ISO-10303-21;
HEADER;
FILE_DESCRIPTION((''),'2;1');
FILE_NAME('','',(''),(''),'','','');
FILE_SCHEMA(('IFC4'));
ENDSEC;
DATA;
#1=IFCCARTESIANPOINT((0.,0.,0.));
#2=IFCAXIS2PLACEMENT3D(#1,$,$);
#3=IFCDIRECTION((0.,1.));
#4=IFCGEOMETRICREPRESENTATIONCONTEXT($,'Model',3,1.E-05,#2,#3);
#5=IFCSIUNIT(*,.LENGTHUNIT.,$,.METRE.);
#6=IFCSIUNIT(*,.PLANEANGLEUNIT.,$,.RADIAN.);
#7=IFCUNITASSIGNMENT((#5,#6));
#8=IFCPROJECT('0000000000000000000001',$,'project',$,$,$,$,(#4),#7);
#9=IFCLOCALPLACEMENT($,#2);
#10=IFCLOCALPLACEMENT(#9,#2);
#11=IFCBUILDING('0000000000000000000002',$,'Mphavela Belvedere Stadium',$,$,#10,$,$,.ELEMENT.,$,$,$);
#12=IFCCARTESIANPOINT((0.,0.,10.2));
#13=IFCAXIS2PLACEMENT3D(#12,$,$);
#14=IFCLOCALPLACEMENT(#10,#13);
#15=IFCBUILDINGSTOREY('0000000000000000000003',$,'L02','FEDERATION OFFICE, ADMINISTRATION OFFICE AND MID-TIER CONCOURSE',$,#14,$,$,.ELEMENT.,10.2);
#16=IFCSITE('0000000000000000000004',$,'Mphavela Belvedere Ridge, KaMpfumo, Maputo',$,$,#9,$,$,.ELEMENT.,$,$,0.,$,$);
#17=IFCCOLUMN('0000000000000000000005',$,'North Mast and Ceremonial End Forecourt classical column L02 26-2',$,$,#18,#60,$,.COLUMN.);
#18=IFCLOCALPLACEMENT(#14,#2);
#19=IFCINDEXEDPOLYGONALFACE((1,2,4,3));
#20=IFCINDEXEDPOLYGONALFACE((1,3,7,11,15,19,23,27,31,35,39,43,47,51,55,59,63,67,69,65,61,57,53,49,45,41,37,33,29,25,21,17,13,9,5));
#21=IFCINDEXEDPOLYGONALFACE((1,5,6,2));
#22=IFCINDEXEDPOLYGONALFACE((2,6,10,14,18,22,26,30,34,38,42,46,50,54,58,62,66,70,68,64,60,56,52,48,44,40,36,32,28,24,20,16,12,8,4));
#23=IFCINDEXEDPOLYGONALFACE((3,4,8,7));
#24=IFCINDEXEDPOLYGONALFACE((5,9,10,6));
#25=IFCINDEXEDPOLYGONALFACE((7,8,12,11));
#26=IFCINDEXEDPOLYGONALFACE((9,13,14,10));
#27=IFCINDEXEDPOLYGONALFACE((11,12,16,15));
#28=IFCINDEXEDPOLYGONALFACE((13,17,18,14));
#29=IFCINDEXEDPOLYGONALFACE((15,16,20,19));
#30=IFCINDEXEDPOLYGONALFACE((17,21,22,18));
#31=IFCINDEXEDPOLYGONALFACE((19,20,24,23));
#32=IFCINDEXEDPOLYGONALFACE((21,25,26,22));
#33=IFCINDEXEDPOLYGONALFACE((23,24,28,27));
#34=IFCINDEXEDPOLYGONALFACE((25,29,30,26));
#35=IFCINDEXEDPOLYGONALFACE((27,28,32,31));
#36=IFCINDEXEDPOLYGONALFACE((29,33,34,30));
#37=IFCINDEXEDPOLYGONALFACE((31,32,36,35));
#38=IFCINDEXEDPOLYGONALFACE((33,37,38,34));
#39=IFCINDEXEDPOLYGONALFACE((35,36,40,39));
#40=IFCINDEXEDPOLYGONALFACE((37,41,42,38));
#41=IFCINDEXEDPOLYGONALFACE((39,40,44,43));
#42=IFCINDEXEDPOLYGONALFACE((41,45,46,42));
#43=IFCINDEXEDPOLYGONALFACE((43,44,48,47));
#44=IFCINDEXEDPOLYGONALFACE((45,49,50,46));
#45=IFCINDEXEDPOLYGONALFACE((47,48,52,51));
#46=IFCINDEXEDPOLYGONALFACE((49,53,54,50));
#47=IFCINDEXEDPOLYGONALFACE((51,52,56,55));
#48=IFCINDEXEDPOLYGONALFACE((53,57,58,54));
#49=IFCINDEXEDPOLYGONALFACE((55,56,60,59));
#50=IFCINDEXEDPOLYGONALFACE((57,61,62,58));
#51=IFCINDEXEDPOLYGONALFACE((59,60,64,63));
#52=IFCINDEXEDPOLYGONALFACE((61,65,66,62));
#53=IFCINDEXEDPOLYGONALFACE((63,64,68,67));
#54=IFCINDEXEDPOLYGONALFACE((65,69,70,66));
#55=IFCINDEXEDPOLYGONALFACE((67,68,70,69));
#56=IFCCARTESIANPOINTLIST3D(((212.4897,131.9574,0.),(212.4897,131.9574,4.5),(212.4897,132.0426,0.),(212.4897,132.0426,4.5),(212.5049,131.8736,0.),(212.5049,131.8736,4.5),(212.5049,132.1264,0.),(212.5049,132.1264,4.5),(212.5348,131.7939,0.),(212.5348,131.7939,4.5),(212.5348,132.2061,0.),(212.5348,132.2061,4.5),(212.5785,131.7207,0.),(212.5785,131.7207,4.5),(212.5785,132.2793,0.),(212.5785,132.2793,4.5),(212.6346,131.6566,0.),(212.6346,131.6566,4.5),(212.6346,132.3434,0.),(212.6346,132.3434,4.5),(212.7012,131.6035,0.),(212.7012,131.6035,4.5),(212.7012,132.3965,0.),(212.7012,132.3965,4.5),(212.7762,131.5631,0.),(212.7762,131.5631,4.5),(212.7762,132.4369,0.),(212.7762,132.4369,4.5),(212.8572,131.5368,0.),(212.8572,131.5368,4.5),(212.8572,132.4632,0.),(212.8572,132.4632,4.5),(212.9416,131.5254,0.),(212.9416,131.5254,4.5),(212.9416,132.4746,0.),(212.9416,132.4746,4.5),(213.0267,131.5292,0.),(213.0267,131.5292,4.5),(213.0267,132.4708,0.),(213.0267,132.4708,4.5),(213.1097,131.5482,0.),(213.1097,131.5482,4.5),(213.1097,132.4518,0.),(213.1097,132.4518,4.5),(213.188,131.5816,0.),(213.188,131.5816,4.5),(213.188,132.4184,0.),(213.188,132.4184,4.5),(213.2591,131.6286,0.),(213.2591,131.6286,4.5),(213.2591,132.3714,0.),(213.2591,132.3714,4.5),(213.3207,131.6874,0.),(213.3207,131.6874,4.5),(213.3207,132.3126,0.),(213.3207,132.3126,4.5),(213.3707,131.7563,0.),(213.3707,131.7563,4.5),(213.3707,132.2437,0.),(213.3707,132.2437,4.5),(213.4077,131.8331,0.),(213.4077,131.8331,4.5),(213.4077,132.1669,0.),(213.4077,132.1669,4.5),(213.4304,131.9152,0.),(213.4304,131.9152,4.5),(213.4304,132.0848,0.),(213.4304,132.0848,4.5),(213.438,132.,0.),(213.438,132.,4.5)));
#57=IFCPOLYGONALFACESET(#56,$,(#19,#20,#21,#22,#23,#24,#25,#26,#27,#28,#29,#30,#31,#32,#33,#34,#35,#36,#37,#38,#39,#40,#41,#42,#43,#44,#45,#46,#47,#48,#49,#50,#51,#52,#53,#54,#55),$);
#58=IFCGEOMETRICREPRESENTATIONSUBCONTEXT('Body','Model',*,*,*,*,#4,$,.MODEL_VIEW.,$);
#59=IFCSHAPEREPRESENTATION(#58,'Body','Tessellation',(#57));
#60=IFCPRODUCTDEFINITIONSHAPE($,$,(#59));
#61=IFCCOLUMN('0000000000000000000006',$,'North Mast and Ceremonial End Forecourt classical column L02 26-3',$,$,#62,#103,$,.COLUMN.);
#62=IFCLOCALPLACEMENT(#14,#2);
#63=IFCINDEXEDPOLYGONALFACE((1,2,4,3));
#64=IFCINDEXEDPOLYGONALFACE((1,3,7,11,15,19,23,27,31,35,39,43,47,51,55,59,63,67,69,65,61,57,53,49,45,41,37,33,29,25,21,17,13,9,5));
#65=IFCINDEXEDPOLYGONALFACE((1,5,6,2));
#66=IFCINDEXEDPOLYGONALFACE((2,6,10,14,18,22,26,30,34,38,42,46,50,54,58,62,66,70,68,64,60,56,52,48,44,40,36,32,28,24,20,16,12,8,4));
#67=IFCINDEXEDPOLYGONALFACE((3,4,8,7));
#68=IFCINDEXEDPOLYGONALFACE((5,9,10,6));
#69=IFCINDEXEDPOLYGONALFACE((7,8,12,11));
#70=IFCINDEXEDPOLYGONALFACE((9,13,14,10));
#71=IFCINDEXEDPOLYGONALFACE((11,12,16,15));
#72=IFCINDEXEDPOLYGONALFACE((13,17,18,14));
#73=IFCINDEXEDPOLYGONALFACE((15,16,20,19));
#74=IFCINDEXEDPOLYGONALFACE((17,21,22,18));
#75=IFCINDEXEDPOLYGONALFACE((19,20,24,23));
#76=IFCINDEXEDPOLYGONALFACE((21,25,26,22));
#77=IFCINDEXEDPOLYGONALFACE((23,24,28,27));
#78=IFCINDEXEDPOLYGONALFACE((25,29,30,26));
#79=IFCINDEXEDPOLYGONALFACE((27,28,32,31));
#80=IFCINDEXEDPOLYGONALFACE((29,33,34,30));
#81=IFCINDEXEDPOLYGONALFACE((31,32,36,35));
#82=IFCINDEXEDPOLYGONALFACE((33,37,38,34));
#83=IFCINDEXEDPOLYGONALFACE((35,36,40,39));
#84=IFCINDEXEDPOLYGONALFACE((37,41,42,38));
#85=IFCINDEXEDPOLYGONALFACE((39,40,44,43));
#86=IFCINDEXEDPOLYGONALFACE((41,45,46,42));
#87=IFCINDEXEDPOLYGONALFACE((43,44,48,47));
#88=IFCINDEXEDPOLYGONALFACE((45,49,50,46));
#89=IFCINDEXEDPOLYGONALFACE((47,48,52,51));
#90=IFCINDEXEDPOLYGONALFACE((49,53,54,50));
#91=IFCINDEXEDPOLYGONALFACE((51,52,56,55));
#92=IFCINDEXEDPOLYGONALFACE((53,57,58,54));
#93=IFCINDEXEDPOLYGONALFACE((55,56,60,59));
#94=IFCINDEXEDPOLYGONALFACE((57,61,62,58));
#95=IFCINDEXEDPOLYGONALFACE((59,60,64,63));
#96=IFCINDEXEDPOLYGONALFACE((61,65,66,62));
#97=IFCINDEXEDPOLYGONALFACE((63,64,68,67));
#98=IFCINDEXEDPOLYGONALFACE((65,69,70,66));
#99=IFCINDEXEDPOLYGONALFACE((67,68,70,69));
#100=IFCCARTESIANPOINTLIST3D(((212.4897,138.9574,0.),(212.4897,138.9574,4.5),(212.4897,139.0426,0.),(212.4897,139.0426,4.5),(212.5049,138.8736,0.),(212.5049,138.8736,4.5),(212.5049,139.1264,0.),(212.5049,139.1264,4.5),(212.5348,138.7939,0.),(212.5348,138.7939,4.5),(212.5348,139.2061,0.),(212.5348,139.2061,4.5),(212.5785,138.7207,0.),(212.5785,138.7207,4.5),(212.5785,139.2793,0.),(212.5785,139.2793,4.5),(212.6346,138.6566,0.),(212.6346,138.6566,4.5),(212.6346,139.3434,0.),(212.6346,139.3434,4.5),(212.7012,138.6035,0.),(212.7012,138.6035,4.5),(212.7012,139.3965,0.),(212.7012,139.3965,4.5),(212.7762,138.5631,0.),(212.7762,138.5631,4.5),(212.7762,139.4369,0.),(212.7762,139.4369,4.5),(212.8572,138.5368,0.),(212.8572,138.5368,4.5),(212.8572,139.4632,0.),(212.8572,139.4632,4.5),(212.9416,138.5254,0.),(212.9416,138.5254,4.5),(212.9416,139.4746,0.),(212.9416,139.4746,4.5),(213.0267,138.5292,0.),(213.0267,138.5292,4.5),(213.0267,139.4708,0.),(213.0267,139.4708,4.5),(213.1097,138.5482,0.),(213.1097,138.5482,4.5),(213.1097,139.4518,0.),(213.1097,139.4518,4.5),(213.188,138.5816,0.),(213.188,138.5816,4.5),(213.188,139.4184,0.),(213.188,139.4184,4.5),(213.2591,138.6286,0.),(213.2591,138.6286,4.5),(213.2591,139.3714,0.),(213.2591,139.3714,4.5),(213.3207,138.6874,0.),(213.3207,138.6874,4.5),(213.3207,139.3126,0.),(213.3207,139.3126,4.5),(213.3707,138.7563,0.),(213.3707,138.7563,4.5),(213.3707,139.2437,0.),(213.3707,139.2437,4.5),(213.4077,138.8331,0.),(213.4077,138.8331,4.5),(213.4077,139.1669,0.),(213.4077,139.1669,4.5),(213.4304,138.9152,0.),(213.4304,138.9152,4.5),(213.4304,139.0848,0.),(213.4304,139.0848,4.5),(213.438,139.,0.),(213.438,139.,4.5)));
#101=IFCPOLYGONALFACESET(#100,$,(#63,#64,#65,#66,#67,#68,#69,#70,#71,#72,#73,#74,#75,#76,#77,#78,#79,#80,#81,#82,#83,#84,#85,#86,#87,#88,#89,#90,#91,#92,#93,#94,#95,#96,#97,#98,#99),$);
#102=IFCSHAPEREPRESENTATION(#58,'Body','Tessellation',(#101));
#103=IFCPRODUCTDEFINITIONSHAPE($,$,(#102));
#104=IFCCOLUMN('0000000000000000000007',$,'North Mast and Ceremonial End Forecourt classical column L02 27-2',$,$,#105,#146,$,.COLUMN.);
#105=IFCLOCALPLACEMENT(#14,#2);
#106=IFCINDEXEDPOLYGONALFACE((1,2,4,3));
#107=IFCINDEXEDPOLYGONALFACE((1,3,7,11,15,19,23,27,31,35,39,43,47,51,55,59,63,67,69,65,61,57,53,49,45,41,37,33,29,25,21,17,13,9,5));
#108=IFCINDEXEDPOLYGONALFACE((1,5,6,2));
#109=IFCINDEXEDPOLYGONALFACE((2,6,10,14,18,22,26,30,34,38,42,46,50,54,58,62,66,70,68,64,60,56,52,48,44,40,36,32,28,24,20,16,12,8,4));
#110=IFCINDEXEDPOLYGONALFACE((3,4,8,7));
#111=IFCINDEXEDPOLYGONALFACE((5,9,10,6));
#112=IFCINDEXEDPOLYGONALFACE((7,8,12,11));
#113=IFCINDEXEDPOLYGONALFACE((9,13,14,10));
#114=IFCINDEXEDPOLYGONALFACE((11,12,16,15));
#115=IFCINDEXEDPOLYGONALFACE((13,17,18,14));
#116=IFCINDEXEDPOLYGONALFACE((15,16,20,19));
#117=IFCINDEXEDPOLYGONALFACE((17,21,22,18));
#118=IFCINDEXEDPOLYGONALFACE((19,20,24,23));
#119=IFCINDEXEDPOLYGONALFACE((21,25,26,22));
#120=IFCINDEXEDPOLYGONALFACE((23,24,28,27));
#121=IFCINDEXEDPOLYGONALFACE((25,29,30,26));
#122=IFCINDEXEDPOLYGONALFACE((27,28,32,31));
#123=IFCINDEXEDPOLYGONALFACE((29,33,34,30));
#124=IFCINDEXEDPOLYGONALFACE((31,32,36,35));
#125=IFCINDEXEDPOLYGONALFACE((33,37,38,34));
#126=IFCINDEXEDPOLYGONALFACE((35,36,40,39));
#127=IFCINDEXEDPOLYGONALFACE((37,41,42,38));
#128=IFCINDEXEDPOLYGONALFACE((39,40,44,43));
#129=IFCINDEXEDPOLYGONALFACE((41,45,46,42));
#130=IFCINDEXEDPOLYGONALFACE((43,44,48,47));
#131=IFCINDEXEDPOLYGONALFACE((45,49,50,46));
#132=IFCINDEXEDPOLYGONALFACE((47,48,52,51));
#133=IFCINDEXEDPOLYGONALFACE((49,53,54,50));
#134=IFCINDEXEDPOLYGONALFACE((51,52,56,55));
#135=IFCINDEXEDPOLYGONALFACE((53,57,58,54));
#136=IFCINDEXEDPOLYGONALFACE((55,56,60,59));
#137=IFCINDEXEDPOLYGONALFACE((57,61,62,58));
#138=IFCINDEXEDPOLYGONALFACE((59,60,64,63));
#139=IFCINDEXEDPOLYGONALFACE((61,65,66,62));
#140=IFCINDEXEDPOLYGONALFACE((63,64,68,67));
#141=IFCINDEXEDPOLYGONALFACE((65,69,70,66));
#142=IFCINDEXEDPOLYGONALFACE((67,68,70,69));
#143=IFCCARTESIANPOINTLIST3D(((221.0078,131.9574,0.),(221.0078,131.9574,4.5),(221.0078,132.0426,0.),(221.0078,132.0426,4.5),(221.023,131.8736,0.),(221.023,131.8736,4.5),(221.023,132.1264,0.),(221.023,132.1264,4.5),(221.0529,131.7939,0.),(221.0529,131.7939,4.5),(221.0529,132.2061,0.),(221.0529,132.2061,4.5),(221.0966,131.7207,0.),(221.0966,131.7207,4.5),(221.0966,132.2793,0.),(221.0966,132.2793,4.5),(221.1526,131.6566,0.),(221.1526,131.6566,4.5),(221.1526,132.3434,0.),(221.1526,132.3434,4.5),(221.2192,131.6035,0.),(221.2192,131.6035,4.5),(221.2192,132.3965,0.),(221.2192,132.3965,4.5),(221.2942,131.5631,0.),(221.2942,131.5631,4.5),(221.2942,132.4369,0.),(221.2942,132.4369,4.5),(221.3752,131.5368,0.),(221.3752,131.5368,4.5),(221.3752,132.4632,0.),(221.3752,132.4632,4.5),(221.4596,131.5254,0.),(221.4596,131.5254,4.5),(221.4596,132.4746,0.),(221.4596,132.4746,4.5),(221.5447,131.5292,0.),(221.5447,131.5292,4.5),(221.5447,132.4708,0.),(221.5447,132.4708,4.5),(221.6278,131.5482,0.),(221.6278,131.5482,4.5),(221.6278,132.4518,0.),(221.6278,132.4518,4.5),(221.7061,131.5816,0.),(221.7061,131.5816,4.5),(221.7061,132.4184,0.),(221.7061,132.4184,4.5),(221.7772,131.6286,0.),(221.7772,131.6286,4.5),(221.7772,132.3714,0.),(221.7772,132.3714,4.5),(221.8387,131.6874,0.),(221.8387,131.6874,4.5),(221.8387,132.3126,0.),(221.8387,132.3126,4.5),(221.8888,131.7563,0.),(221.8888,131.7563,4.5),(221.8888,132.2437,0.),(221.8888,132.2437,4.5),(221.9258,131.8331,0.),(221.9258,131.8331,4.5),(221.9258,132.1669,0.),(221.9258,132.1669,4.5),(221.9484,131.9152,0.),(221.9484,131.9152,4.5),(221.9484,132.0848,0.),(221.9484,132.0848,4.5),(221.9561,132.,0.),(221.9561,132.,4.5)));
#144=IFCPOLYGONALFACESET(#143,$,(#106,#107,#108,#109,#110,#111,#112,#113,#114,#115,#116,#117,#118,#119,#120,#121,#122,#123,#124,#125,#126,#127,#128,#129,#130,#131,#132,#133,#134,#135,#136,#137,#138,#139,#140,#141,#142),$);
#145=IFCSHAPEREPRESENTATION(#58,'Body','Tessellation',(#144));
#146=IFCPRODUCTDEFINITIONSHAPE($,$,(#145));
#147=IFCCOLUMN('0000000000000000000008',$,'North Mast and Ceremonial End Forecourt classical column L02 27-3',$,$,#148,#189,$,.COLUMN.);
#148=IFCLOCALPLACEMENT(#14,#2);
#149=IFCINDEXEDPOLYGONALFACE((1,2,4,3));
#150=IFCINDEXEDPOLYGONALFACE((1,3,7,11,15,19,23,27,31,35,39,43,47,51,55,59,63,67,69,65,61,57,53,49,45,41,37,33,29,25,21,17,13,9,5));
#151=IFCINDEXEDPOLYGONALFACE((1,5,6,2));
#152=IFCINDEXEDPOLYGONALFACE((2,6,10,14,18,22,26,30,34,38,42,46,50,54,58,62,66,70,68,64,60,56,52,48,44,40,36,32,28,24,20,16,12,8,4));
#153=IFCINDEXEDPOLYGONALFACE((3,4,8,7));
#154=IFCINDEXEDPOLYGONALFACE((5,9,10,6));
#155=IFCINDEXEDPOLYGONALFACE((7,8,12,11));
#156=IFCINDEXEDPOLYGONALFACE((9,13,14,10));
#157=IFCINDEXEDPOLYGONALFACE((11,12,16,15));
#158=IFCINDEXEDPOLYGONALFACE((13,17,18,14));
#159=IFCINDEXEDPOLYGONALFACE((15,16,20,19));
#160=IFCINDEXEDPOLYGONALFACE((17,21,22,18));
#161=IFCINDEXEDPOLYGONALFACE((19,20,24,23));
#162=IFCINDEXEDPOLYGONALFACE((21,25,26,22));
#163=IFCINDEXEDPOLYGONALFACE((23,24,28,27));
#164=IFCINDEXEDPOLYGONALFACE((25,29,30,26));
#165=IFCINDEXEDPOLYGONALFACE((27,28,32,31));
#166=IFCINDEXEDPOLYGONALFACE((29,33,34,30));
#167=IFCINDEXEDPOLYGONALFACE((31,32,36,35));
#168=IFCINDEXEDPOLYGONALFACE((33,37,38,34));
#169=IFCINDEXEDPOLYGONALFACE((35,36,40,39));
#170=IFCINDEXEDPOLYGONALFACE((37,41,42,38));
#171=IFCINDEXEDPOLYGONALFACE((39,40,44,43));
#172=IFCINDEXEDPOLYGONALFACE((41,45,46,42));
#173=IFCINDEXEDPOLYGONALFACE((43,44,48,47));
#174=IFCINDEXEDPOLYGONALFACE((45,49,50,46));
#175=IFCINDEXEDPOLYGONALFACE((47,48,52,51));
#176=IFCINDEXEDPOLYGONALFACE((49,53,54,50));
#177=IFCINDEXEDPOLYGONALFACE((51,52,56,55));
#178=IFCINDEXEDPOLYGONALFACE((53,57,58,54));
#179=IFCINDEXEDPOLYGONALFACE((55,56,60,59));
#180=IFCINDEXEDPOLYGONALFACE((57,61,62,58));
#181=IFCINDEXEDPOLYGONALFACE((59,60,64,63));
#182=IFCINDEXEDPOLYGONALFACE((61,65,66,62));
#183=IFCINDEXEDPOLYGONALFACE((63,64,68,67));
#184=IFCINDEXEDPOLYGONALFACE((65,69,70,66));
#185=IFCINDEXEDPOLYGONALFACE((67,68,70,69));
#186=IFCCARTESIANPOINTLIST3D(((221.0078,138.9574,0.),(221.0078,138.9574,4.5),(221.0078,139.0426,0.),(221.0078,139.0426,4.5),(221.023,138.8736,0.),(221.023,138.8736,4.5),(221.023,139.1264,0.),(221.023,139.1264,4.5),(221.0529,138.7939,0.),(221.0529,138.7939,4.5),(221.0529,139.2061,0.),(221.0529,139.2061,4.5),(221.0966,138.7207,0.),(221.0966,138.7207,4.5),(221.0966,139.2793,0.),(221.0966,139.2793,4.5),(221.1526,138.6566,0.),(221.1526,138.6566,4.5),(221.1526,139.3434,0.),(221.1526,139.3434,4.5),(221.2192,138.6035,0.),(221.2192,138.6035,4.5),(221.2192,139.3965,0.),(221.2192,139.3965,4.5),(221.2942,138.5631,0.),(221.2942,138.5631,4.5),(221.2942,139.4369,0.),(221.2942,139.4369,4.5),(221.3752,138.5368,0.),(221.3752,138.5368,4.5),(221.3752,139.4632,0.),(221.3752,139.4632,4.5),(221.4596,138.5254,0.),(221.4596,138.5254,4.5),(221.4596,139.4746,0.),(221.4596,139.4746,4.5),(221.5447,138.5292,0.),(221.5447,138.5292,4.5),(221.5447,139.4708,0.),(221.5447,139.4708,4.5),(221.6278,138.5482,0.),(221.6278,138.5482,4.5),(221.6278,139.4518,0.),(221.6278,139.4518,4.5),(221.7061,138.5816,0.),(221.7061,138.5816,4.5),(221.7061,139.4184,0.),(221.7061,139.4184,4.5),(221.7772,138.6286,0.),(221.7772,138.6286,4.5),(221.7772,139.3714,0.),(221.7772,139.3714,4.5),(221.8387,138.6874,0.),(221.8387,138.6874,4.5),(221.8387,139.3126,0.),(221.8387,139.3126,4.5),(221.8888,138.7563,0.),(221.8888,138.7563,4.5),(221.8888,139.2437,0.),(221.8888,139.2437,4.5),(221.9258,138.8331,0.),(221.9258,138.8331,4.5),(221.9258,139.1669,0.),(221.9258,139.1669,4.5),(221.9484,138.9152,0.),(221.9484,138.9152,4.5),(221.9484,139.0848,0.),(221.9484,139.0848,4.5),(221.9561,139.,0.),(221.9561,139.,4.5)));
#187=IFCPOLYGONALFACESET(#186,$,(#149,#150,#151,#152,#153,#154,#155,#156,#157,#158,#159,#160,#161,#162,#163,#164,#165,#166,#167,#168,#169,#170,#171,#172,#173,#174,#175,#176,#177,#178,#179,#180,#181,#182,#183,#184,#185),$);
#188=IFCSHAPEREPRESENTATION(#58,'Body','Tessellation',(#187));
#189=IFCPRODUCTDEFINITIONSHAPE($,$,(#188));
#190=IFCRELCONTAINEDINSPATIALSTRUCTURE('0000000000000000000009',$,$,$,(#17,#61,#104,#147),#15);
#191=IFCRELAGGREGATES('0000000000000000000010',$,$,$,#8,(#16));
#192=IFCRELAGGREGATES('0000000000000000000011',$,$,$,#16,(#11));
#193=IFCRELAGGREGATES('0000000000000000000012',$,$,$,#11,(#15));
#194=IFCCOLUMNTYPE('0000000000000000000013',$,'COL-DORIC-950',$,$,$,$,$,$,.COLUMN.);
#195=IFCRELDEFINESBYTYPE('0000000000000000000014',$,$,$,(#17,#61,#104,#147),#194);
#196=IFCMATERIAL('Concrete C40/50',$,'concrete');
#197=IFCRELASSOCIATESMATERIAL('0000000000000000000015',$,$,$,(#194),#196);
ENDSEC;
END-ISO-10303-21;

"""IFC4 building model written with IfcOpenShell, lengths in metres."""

from ifc_helpers import new_model, si_unit, direction, frame, origin, origin_2d, place, context, subcontext, project, spatial, circle, extrude, material, material_profile, profile_set, type_object, element, save


model = new_model("IFC4")

# Units and contexts
model_context = context("Model", 3, precision=1e-05, world=origin(), true_north=direction((0.0, 1.0)))
body_context = subcontext(model_context, "Body", "Model", "MODEL_VIEW")
ifc_project = project(units=[si_unit("LENGTHUNIT", "METRE"), si_unit("PLANEANGLEUNIT", "RADIAN")], contexts=[model_context])

# Site, building, storey
site_placement = place(None, origin())
site = spatial("IfcSite", under=ifc_project, at=site_placement, Name="Mphavela Belvedere Ridge, KaMpfumo, Maputo", CompositionType="ELEMENT", RefElevation=0.0)
building_placement = place(site_placement, origin())
building = spatial("IfcBuilding", under=site, at=building_placement, Name="Mphavela Belvedere Stadium", CompositionType="ELEMENT")
storey_placement = place(building_placement, frame((0.0, 0.0, 10.2)))
storey = spatial("IfcBuildingStorey", under=building, at=storey_placement, Name="L02", Description="FEDERATION OFFICE, ADMINISTRATION OFFICE AND MID-TIER CONCOURSE", CompositionType="ELEMENT", Elevation=10.2)

# Columns
ifc_material_1 = material(Name="Concrete C40/50", Category="concrete")
ifc_material_profile_1 = material_profile(ifc_material_1, circle(Radius=0.4751, at=origin_2d()), Name="COL D950")
ifc_profile_set_1 = profile_set([ifc_material_profile_1], Name="Concrete C40/50")
column_type = type_object("IfcColumnType", Name="COL-DORIC-950", PredefinedType="COLUMN", material=ifc_profile_set_1)
for number, where, z_axis, x_axis, name in (
    (1, (212.9629, 132.0, 0.0), (0.0, 0.0, 1.0), (1.0, 0.0, 0.0), "North Mast and Ceremonial End Forecourt classical column L02 26-2"),
    (2, (212.9629, 139.0, 0.0), (0.0, 0.0, 1.0), (1.0, 0.0, 0.0), "North Mast and Ceremonial End Forecourt classical column L02 26-3"),
    (3, (221.481, 132.0, 0.0), (0.0, 0.0, 1.0), (1.0, 0.0, 0.0), "North Mast and Ceremonial End Forecourt classical column L02 27-2"),
    (4, (221.481, 139.0, 0.0), (0.0, 0.0, 1.0), (1.0, 0.0, 0.0), "North Mast and Ceremonial End Forecourt classical column L02 27-3"),
):
    element("IfcColumn", number, at=place(storey_placement, frame(where, z_axis=z_axis, x_axis=x_axis)), inside=storey, type_object=column_type, Name=name, PredefinedType="COLUMN", context=body_context, shape_type="SweptSolid", body=[
        extrude(circle(Radius=0.4751, at=origin_2d()), origin(), (0.0, 0.0, 1.0), 4.5),
    ])

save(model, "model.ifc")
